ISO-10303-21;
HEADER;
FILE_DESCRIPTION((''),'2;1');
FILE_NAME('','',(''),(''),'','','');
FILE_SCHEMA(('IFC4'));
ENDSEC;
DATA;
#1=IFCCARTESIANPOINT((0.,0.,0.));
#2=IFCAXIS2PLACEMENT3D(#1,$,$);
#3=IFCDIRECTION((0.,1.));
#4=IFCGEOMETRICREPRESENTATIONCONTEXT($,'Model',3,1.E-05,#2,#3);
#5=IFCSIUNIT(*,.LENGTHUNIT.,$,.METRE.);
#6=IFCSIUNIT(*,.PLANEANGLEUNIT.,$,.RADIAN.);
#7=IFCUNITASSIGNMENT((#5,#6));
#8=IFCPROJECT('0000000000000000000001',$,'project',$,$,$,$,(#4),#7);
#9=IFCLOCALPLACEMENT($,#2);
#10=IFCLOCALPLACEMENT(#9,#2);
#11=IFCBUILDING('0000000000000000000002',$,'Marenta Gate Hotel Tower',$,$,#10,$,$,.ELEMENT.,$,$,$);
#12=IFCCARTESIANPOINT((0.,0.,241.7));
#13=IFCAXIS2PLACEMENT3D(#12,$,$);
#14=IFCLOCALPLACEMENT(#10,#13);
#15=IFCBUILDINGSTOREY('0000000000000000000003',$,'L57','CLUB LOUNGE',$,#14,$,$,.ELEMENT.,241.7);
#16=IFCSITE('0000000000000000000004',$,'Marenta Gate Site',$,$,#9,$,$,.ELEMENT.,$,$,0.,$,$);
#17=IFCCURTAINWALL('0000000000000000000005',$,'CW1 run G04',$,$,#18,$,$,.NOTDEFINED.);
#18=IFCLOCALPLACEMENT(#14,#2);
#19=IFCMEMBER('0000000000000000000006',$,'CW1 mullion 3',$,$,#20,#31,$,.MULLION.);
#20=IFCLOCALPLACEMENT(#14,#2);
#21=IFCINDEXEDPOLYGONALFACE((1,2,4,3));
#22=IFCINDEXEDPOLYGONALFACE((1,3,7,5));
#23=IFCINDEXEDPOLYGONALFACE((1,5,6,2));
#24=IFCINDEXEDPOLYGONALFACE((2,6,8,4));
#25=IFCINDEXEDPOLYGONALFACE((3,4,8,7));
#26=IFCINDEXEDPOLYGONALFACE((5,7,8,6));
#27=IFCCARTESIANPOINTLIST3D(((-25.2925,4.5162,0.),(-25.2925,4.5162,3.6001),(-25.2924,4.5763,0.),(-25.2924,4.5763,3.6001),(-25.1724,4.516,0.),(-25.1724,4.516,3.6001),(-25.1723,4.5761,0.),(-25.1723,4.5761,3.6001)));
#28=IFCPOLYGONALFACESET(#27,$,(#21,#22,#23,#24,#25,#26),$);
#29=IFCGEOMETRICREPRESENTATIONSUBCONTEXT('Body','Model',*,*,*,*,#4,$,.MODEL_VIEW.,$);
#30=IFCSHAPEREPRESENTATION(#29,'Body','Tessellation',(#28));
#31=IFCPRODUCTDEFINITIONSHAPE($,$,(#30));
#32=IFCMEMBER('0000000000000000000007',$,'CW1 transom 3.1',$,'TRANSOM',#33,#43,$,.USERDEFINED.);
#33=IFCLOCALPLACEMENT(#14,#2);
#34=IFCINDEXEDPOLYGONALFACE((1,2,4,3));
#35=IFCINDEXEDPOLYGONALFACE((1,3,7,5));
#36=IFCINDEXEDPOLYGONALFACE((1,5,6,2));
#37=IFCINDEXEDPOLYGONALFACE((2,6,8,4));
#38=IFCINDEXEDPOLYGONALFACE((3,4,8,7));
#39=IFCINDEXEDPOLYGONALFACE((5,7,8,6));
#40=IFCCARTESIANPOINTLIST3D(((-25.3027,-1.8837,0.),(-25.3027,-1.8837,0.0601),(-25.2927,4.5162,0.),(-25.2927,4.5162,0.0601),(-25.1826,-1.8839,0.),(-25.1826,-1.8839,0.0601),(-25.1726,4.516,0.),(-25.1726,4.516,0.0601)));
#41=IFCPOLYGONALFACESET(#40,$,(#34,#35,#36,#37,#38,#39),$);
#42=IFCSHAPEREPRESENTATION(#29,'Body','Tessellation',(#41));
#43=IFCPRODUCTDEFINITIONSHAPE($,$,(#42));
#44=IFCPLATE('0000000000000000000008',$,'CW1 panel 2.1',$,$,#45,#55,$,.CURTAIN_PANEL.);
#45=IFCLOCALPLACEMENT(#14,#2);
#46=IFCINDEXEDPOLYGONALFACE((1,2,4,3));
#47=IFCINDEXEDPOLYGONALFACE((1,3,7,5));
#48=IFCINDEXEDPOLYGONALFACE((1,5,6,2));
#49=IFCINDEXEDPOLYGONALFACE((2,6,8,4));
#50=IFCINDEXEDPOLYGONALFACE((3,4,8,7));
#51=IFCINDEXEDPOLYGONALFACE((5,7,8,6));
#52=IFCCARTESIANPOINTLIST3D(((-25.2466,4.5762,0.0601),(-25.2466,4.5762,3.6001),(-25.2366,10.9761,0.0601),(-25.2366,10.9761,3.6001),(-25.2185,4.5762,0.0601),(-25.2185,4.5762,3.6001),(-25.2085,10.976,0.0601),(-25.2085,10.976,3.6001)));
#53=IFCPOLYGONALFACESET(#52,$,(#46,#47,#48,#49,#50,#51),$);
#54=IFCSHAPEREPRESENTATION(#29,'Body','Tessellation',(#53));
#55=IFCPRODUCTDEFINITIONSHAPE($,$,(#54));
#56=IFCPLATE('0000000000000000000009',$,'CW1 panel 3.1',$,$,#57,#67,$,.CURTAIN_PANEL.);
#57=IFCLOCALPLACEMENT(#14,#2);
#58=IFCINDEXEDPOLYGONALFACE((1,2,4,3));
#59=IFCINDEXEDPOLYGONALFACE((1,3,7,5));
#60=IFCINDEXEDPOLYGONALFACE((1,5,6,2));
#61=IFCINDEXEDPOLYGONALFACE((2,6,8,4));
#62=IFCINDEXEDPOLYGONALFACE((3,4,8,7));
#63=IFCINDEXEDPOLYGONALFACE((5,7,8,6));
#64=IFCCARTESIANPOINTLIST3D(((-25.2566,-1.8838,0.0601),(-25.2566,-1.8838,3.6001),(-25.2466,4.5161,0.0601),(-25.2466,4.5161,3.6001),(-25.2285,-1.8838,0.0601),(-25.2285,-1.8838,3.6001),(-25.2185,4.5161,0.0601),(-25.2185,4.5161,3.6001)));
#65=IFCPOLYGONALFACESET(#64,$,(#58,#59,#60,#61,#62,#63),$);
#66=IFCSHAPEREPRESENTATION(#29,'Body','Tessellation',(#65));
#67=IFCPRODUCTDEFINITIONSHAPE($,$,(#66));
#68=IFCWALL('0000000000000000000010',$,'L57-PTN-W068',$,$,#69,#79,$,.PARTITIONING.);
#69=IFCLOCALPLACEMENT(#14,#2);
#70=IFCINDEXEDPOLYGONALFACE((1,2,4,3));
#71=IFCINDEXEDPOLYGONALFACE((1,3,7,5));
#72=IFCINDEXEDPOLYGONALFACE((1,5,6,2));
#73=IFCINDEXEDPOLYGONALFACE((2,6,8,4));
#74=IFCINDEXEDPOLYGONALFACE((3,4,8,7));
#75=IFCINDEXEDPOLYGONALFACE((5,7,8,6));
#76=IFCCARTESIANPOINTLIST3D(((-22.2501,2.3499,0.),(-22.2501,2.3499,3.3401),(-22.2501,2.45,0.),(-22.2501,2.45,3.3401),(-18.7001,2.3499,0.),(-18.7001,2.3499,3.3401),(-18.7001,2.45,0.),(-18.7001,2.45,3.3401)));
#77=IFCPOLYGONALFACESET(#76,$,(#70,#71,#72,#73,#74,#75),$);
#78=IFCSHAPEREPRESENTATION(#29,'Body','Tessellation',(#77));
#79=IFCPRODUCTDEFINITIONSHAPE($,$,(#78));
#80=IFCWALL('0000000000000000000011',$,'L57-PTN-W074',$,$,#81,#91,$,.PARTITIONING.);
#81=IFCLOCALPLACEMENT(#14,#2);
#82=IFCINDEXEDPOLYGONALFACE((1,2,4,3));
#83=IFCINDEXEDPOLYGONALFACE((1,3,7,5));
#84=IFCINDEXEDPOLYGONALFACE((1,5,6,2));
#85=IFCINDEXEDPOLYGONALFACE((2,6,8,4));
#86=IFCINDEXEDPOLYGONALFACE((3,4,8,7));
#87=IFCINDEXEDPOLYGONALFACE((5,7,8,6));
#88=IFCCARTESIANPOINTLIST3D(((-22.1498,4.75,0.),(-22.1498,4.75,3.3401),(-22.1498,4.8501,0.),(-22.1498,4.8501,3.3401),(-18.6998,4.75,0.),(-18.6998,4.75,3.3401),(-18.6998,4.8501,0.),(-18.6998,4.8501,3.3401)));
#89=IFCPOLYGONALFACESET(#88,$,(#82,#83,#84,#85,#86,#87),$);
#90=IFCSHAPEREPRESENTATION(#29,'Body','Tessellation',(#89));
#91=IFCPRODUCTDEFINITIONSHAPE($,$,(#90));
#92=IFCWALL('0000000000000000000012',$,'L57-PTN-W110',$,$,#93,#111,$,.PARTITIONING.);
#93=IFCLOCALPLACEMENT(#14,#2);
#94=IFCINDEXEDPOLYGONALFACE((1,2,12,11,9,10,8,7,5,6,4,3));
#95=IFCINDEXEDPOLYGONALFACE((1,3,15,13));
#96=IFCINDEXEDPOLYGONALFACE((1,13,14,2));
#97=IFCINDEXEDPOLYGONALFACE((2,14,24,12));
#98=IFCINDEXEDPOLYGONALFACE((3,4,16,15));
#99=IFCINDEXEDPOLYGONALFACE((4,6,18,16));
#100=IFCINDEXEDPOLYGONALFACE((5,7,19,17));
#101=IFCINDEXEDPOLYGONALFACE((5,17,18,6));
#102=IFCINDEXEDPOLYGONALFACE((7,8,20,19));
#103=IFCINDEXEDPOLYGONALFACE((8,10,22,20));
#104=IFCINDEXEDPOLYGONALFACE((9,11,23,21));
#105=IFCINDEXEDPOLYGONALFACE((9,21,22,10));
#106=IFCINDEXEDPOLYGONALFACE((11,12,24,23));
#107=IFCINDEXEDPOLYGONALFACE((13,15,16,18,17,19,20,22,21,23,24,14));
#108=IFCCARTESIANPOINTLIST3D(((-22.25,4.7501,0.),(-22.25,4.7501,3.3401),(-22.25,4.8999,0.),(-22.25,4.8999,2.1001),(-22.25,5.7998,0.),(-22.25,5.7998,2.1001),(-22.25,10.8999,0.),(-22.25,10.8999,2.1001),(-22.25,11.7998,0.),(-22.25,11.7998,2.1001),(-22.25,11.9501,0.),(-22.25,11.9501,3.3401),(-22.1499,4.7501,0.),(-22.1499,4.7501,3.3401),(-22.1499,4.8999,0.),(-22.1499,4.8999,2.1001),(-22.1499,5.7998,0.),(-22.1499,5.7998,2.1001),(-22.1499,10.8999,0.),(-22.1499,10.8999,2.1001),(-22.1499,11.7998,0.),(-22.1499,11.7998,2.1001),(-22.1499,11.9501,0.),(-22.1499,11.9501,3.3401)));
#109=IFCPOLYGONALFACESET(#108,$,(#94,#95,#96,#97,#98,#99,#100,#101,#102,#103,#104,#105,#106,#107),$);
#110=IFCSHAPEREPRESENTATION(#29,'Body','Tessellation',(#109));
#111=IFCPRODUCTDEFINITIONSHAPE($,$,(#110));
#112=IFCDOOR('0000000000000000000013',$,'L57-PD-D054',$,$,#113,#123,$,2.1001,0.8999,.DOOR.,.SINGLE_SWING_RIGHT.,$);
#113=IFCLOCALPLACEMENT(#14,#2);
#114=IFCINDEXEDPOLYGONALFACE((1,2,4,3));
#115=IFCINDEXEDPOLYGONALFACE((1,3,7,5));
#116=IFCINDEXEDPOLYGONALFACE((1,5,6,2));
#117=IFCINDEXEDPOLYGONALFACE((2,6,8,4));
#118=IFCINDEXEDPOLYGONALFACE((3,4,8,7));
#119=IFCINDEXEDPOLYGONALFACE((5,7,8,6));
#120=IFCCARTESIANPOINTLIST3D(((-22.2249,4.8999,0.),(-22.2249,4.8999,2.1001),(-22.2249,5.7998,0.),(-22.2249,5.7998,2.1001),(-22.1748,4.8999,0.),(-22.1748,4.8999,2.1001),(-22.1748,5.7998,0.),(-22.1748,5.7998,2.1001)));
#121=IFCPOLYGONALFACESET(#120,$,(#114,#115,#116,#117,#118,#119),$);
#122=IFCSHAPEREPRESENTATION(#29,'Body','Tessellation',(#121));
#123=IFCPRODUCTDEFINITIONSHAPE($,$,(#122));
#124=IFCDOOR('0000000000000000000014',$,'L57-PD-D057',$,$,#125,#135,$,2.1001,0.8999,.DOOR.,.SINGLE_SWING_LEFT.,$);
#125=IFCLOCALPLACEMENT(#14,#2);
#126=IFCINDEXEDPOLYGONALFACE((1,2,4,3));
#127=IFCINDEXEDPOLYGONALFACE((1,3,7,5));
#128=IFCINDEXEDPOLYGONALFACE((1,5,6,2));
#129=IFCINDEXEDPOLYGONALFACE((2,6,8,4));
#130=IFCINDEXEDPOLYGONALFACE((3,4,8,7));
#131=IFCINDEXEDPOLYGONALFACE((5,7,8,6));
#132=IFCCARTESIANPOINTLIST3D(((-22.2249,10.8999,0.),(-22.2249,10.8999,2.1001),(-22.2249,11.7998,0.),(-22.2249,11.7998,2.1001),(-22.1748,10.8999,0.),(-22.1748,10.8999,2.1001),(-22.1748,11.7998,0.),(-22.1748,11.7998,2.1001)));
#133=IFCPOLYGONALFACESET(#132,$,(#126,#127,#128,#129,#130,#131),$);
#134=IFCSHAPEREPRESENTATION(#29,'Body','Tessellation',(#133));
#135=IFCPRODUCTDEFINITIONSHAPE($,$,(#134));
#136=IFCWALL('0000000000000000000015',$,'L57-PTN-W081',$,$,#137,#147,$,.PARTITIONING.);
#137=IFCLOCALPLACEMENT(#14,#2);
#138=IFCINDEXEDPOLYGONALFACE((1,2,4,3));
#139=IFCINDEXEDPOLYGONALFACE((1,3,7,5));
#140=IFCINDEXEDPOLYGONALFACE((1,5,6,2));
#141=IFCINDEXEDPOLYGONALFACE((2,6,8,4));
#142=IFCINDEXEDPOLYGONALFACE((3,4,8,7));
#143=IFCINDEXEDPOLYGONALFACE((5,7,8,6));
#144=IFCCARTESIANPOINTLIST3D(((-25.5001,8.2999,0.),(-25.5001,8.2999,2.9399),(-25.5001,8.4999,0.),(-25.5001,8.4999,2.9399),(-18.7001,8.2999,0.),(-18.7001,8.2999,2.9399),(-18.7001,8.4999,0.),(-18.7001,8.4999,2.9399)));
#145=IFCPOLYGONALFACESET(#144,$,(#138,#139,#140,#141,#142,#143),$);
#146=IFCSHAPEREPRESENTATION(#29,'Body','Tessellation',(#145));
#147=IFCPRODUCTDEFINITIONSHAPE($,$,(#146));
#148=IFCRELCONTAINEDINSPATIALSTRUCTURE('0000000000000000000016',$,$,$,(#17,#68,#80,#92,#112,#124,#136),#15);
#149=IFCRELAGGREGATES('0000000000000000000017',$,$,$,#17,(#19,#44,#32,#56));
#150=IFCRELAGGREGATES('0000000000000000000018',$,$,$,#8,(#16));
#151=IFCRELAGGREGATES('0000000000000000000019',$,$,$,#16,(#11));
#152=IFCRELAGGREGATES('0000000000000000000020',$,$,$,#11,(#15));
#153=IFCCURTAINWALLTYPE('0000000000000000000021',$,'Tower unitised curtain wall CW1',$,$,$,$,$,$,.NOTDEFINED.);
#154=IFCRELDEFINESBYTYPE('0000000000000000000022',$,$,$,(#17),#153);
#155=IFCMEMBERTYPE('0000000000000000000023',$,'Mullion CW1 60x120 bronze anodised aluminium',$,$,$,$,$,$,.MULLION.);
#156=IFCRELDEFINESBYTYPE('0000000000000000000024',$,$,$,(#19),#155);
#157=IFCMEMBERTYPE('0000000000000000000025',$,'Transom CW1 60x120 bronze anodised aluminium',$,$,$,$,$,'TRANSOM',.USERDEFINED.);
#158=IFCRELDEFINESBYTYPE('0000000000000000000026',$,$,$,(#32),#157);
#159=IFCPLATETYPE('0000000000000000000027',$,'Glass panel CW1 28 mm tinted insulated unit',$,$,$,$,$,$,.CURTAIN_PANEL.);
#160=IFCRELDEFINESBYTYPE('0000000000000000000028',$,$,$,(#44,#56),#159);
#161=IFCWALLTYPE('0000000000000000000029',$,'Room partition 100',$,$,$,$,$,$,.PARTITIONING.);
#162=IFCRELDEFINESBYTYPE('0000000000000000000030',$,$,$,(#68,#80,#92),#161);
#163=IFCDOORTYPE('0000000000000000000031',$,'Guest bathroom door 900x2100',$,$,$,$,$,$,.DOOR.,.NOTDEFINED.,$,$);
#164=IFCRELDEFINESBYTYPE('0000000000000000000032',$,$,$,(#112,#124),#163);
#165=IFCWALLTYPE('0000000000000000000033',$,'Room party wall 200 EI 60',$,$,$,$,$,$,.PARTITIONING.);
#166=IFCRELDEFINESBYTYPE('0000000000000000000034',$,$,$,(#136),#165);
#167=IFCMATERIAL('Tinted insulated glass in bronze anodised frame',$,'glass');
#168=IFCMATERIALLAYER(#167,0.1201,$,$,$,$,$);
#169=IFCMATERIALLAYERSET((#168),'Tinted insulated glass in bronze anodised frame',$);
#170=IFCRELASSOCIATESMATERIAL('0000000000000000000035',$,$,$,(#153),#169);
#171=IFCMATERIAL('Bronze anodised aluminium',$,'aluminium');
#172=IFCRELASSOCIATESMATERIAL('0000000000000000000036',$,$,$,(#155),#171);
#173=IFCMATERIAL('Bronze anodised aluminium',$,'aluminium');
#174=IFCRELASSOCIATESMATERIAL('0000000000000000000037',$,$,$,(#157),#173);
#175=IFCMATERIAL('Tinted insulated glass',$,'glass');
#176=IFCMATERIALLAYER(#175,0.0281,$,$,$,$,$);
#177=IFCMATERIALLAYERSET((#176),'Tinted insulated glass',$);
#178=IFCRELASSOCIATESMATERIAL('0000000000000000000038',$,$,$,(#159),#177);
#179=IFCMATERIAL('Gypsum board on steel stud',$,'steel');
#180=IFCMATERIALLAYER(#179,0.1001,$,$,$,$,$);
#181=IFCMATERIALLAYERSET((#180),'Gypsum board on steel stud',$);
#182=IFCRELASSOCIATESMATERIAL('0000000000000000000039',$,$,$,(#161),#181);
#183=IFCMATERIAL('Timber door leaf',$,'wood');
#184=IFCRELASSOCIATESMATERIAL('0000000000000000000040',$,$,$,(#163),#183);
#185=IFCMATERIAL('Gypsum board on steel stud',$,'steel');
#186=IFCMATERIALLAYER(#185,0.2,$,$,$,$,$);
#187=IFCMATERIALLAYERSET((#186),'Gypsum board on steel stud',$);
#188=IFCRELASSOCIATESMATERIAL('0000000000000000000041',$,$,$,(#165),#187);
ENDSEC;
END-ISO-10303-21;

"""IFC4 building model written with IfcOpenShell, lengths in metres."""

from ifc_helpers import new_model, si_unit, direction, frame, frame_2d, origin, origin_2d, place, context, subcontext, project, spatial, rectangle, extrude, material, layer, layer_set, material_profile, profile_set, type_object, element, fill, aggregate, save


model = new_model("IFC4")

# Units and contexts
model_context = context("Model", 3, precision=1e-05, world=origin(), true_north=direction((0.0, 1.0)))
body_context = subcontext(model_context, "Body", "Model", "MODEL_VIEW")
ifc_project = project(units=[si_unit("LENGTHUNIT", "METRE"), si_unit("PLANEANGLEUNIT", "RADIAN")], contexts=[model_context])

# Site, building, storey
site_placement = place(None, origin())
site = spatial("IfcSite", under=ifc_project, at=site_placement, Name="Marenta Gate Site", CompositionType="ELEMENT", RefElevation=0.0)
building_placement = place(site_placement, origin())
building = spatial("IfcBuilding", under=site, at=building_placement, Name="Marenta Gate Hotel Tower", CompositionType="ELEMENT")
storey_placement = place(building_placement, frame((0.0, 0.0, 241.7)))
storey = spatial("IfcBuildingStorey", under=building, at=storey_placement, Name="L57", Description="CLUB LOUNGE", CompositionType="ELEMENT", Elevation=241.7)

# Curtain wall, members, plates
ifc_material_1 = material(Name="Tinted insulated glass in bronze anodised frame", Category="glass")
ifc_layer_1 = layer(ifc_material_1, 0.1201)
ifc_layer_set_1 = layer_set([ifc_layer_1], Name="Tinted insulated glass in bronze anodised frame")
curtain_wall_type = type_object("IfcCurtainWallType", Name="Tower unitised curtain wall CW1", PredefinedType="NOTDEFINED", material=ifc_layer_set_1)
curtain_wall_placement = place(storey_placement, origin())
curtain_wall = element("IfcCurtainWall", 1, at=curtain_wall_placement, inside=storey, type_object=curtain_wall_type, Name="CW1 run G04", PredefinedType="NOTDEFINED")
ifc_material_2 = material(Name="Bronze anodised aluminium", Category="aluminium")
ifc_material_profile_1 = material_profile(ifc_material_2, rectangle(XDim=0.1201, YDim=0.0601, at=origin_2d()), Name="Mullion CW1 60x120 bronze anodised aluminium")
ifc_profile_set_1 = profile_set([ifc_material_profile_1], Name="Bronze anodised aluminium")
member_type_1 = type_object("IfcMemberType", Name="Mullion CW1 60x120 bronze anodised aluminium", PredefinedType="MULLION", material=ifc_profile_set_1)
member_1_placement = place(storey_placement, frame((-25.2324, 4.5461, 0.0), z_axis=(0.0, 0.0, 1.0), x_axis=(0.999999, -0.001566, 0.0)))
member_1 = element("IfcMember", 2, at=member_1_placement, type_object=member_type_1, Name="CW1 mullion 3", PredefinedType="MULLION", context=body_context, shape_type="SweptSolid", body=[
    extrude(rectangle(XDim=0.1201, YDim=0.0601, at=origin_2d()), origin(), (0.0, 0.0, 1.0), 3.6001),
])
ifc_material_3 = material(Name="Bronze anodised aluminium", Category="aluminium")
ifc_material_profile_2 = material_profile(ifc_material_3, rectangle(XDim=0.1201, YDim=0.0601, at=origin_2d()), Name="Transom CW1 60x120 bronze anodised aluminium")
ifc_profile_set_2 = profile_set([ifc_material_profile_2], Name="Bronze anodised aluminium")
member_type_2 = type_object("IfcMemberType", Name="Transom CW1 60x120 bronze anodised aluminium", ElementType="TRANSOM", PredefinedType="USERDEFINED", material=ifc_profile_set_2)
member_2_placement = place(storey_placement, frame((-25.2327, 4.5161, 0.03), z_axis=(-0.001564, -0.999999, 0.0), x_axis=(0.999999, -0.001564, 0.0)))
member_2 = element("IfcMember", 3, at=member_2_placement, type_object=member_type_2, Name="CW1 transom 3.1", ObjectType="TRANSOM", PredefinedType="USERDEFINED", context=body_context, shape_type="SweptSolid", body=[
    extrude(rectangle(XDim=0.1201, YDim=0.0601, at=origin_2d()), origin(), (0.0, 0.0, 1.0), 6.3999),
])
ifc_material_4 = material(Name="Tinted insulated glass", Category="glass")
ifc_layer_2 = layer(ifc_material_4, 0.0281)
ifc_layer_set_2 = layer_set([ifc_layer_2], Name="Tinted insulated glass")
plate_type = type_object("IfcPlateType", Name="Glass panel CW1 28 mm tinted insulated unit", PredefinedType="CURTAIN_PANEL", material=ifc_layer_set_2)
plate_1_placement = place(storey_placement, frame((-25.2275, 7.7761, 0.0601), z_axis=(0.0, 0.0, 1.0), x_axis=(-0.001566, -0.999999, 0.0)))
plate_1 = element("IfcPlate", 4, at=plate_1_placement, type_object=plate_type, Name="CW1 panel 2.1", PredefinedType="CURTAIN_PANEL", context=body_context, shape_type="SweptSolid", body=[
    extrude(rectangle(XDim=6.3999, YDim=0.0281, at=origin_2d()), origin(), (0.0, 0.0, 1.0), 3.54),
])
plate_2_placement = place(storey_placement, frame((-25.2375, 1.3162, 0.0601), z_axis=(0.0, 0.0, 1.0), x_axis=(-0.001566, -0.999999, 0.0)))
plate_2 = element("IfcPlate", 5, at=plate_2_placement, type_object=plate_type, Name="CW1 panel 3.1", PredefinedType="CURTAIN_PANEL", context=body_context, shape_type="SweptSolid", body=[
    extrude(rectangle(XDim=6.3999, YDim=0.0281, at=origin_2d()), origin(), (0.0, 0.0, 1.0), 3.54),
])
aggregate(curtain_wall, [member_1, plate_1, member_2, plate_2])

# Walls
ifc_material_5 = material(Name="Gypsum board on steel stud", Category="steel")
ifc_layer_3 = layer(ifc_material_5, 0.1001)
ifc_layer_set_3 = layer_set([ifc_layer_3], Name="Gypsum board on steel stud")
wall_type_1 = type_object("IfcWallType", Name="Room partition 100", PredefinedType="PARTITIONING", material=ifc_layer_set_3)
wall_1_placement = place(storey_placement, frame((-22.25, 2.3999, 0.0), z_axis=(0.0, 0.0, 1.0), x_axis=(1.0, 0.0, 0.0)))
element("IfcWall", 6, at=wall_1_placement, inside=storey, type_object=wall_type_1, Name="L57-PTN-W068", PredefinedType="PARTITIONING", context=body_context, shape_type="SweptSolid", body=[
    extrude(rectangle(XDim=3.55, YDim=0.1001, at=frame_2d((1.7749, 0.0))), origin(), (0.0, 0.0, 1.0), 3.3401),
])
wall_2_placement = place(storey_placement, frame((-22.1499, 4.8, 0.0), z_axis=(0.0, 0.0, 1.0), x_axis=(1.0, 0.0, 0.0)))
element("IfcWall", 7, at=wall_2_placement, inside=storey, type_object=wall_type_1, Name="L57-PTN-W074", PredefinedType="PARTITIONING", context=body_context, shape_type="SweptSolid", body=[
    extrude(rectangle(XDim=3.45, YDim=0.1001, at=frame_2d((1.7251, 0.0))), origin(), (0.0, 0.0, 1.0), 3.3401),
])

# Wall, openings, doors
wall_3_placement = place(storey_placement, frame((-22.2, 4.75, 0.0), z_axis=(0.0, 0.0, 1.0), x_axis=(0.0, 1.0, 0.0)))
wall_3 = element("IfcWall", 8, at=wall_3_placement, inside=storey, type_object=wall_type_1, Name="L57-PTN-W110", PredefinedType="PARTITIONING", context=body_context, shape_type="SweptSolid", body=[
    extrude(rectangle(XDim=7.2, YDim=0.1001, at=frame_2d((3.6001, 0.0))), origin(), (0.0, 0.0, 1.0), 3.3401),
])
opening_1_placement = place(wall_3_placement, frame((0.1499, 0.0, 0.0)))
opening_1 = element("IfcOpeningElement", 9, at=opening_1_placement, cuts=wall_3, PredefinedType="OPENING", context=body_context, shape_type="SweptSolid", body=[
    extrude(rectangle(XDim=0.8999, YDim=2.1001, at=frame_2d((0.45, 1.05))), frame((0.0, 0.05, 0.0), z_axis=(0.0, -1.0, 0.0), x_axis=(1.0, 0.0, 0.0)), (0.0, 0.0, 1.0), 0.1001),
])
opening_2_placement = place(wall_3_placement, frame((6.1499, 0.0, 0.0)))
opening_2 = element("IfcOpeningElement", 10, at=opening_2_placement, cuts=wall_3, PredefinedType="OPENING", context=body_context, shape_type="SweptSolid", body=[
    extrude(rectangle(XDim=0.8999, YDim=2.1001, at=frame_2d((0.45, 1.05))), frame((0.0, 0.05, 0.0), z_axis=(0.0, -1.0, 0.0), x_axis=(1.0, 0.0, 0.0)), (0.0, 0.0, 1.0), 0.1001),
])
ifc_material_6 = material(Name="Timber door leaf", Category="wood")
door_type = type_object("IfcDoorType", Name="Guest bathroom door 900x2100", OperationType="NOTDEFINED", PredefinedType="DOOR", material=ifc_material_6)
door_1_placement = place(opening_1_placement, origin())
door_1 = element("IfcDoor", 11, at=door_1_placement, inside=storey, type_object=door_type, Name="L57-PD-D054", OperationType="SINGLE_SWING_RIGHT", OverallHeight=2.1001, OverallWidth=0.8999, PredefinedType="DOOR", context=body_context, shape_type="SweptSolid", body=[
    extrude(rectangle(XDim=0.8999, YDim=2.1001, at=frame_2d((0.45, 1.05))), frame((0.0, 0.0249, 0.0), z_axis=(0.0, -1.0, 0.0), x_axis=(1.0, 0.0, 0.0)), (0.0, 0.0, 1.0), 0.05),
])
fill(opening_1, door_1)
door_2_placement = place(opening_2_placement, origin())
door_2 = element("IfcDoor", 12, at=door_2_placement, inside=storey, type_object=door_type, Name="L57-PD-D057", OperationType="SINGLE_SWING_LEFT", OverallHeight=2.1001, OverallWidth=0.8999, PredefinedType="DOOR", context=body_context, shape_type="SweptSolid", body=[
    extrude(rectangle(XDim=0.8999, YDim=2.1001, at=frame_2d((0.45, 1.05))), frame((0.0, 0.0249, 0.0), z_axis=(0.0, -1.0, 0.0), x_axis=(1.0, 0.0, 0.0)), (0.0, 0.0, 1.0), 0.05),
])
fill(opening_2, door_2)

# Wall
ifc_material_7 = material(Name="Gypsum board on steel stud", Category="steel")
ifc_layer_4 = layer(ifc_material_7, 0.2)
ifc_layer_set_4 = layer_set([ifc_layer_4], Name="Gypsum board on steel stud")
wall_type_2 = type_object("IfcWallType", Name="Room party wall 200 EI 60", PredefinedType="PARTITIONING", material=ifc_layer_set_4)
wall_4_placement = place(storey_placement, frame((-25.5, 8.3999, 0.0), z_axis=(0.0, 0.0, 1.0), x_axis=(1.0, 0.0, 0.0)))
element("IfcWall", 13, at=wall_4_placement, inside=storey, type_object=wall_type_2, Name="L57-PTN-W081", PredefinedType="PARTITIONING", context=body_context, shape_type="SweptSolid", body=[
    extrude(rectangle(XDim=6.8, YDim=0.2, at=frame_2d((3.3999, 0.0))), origin(), (0.0, 0.0, 1.0), 2.9399),
])

save(model, "model.ifc")
